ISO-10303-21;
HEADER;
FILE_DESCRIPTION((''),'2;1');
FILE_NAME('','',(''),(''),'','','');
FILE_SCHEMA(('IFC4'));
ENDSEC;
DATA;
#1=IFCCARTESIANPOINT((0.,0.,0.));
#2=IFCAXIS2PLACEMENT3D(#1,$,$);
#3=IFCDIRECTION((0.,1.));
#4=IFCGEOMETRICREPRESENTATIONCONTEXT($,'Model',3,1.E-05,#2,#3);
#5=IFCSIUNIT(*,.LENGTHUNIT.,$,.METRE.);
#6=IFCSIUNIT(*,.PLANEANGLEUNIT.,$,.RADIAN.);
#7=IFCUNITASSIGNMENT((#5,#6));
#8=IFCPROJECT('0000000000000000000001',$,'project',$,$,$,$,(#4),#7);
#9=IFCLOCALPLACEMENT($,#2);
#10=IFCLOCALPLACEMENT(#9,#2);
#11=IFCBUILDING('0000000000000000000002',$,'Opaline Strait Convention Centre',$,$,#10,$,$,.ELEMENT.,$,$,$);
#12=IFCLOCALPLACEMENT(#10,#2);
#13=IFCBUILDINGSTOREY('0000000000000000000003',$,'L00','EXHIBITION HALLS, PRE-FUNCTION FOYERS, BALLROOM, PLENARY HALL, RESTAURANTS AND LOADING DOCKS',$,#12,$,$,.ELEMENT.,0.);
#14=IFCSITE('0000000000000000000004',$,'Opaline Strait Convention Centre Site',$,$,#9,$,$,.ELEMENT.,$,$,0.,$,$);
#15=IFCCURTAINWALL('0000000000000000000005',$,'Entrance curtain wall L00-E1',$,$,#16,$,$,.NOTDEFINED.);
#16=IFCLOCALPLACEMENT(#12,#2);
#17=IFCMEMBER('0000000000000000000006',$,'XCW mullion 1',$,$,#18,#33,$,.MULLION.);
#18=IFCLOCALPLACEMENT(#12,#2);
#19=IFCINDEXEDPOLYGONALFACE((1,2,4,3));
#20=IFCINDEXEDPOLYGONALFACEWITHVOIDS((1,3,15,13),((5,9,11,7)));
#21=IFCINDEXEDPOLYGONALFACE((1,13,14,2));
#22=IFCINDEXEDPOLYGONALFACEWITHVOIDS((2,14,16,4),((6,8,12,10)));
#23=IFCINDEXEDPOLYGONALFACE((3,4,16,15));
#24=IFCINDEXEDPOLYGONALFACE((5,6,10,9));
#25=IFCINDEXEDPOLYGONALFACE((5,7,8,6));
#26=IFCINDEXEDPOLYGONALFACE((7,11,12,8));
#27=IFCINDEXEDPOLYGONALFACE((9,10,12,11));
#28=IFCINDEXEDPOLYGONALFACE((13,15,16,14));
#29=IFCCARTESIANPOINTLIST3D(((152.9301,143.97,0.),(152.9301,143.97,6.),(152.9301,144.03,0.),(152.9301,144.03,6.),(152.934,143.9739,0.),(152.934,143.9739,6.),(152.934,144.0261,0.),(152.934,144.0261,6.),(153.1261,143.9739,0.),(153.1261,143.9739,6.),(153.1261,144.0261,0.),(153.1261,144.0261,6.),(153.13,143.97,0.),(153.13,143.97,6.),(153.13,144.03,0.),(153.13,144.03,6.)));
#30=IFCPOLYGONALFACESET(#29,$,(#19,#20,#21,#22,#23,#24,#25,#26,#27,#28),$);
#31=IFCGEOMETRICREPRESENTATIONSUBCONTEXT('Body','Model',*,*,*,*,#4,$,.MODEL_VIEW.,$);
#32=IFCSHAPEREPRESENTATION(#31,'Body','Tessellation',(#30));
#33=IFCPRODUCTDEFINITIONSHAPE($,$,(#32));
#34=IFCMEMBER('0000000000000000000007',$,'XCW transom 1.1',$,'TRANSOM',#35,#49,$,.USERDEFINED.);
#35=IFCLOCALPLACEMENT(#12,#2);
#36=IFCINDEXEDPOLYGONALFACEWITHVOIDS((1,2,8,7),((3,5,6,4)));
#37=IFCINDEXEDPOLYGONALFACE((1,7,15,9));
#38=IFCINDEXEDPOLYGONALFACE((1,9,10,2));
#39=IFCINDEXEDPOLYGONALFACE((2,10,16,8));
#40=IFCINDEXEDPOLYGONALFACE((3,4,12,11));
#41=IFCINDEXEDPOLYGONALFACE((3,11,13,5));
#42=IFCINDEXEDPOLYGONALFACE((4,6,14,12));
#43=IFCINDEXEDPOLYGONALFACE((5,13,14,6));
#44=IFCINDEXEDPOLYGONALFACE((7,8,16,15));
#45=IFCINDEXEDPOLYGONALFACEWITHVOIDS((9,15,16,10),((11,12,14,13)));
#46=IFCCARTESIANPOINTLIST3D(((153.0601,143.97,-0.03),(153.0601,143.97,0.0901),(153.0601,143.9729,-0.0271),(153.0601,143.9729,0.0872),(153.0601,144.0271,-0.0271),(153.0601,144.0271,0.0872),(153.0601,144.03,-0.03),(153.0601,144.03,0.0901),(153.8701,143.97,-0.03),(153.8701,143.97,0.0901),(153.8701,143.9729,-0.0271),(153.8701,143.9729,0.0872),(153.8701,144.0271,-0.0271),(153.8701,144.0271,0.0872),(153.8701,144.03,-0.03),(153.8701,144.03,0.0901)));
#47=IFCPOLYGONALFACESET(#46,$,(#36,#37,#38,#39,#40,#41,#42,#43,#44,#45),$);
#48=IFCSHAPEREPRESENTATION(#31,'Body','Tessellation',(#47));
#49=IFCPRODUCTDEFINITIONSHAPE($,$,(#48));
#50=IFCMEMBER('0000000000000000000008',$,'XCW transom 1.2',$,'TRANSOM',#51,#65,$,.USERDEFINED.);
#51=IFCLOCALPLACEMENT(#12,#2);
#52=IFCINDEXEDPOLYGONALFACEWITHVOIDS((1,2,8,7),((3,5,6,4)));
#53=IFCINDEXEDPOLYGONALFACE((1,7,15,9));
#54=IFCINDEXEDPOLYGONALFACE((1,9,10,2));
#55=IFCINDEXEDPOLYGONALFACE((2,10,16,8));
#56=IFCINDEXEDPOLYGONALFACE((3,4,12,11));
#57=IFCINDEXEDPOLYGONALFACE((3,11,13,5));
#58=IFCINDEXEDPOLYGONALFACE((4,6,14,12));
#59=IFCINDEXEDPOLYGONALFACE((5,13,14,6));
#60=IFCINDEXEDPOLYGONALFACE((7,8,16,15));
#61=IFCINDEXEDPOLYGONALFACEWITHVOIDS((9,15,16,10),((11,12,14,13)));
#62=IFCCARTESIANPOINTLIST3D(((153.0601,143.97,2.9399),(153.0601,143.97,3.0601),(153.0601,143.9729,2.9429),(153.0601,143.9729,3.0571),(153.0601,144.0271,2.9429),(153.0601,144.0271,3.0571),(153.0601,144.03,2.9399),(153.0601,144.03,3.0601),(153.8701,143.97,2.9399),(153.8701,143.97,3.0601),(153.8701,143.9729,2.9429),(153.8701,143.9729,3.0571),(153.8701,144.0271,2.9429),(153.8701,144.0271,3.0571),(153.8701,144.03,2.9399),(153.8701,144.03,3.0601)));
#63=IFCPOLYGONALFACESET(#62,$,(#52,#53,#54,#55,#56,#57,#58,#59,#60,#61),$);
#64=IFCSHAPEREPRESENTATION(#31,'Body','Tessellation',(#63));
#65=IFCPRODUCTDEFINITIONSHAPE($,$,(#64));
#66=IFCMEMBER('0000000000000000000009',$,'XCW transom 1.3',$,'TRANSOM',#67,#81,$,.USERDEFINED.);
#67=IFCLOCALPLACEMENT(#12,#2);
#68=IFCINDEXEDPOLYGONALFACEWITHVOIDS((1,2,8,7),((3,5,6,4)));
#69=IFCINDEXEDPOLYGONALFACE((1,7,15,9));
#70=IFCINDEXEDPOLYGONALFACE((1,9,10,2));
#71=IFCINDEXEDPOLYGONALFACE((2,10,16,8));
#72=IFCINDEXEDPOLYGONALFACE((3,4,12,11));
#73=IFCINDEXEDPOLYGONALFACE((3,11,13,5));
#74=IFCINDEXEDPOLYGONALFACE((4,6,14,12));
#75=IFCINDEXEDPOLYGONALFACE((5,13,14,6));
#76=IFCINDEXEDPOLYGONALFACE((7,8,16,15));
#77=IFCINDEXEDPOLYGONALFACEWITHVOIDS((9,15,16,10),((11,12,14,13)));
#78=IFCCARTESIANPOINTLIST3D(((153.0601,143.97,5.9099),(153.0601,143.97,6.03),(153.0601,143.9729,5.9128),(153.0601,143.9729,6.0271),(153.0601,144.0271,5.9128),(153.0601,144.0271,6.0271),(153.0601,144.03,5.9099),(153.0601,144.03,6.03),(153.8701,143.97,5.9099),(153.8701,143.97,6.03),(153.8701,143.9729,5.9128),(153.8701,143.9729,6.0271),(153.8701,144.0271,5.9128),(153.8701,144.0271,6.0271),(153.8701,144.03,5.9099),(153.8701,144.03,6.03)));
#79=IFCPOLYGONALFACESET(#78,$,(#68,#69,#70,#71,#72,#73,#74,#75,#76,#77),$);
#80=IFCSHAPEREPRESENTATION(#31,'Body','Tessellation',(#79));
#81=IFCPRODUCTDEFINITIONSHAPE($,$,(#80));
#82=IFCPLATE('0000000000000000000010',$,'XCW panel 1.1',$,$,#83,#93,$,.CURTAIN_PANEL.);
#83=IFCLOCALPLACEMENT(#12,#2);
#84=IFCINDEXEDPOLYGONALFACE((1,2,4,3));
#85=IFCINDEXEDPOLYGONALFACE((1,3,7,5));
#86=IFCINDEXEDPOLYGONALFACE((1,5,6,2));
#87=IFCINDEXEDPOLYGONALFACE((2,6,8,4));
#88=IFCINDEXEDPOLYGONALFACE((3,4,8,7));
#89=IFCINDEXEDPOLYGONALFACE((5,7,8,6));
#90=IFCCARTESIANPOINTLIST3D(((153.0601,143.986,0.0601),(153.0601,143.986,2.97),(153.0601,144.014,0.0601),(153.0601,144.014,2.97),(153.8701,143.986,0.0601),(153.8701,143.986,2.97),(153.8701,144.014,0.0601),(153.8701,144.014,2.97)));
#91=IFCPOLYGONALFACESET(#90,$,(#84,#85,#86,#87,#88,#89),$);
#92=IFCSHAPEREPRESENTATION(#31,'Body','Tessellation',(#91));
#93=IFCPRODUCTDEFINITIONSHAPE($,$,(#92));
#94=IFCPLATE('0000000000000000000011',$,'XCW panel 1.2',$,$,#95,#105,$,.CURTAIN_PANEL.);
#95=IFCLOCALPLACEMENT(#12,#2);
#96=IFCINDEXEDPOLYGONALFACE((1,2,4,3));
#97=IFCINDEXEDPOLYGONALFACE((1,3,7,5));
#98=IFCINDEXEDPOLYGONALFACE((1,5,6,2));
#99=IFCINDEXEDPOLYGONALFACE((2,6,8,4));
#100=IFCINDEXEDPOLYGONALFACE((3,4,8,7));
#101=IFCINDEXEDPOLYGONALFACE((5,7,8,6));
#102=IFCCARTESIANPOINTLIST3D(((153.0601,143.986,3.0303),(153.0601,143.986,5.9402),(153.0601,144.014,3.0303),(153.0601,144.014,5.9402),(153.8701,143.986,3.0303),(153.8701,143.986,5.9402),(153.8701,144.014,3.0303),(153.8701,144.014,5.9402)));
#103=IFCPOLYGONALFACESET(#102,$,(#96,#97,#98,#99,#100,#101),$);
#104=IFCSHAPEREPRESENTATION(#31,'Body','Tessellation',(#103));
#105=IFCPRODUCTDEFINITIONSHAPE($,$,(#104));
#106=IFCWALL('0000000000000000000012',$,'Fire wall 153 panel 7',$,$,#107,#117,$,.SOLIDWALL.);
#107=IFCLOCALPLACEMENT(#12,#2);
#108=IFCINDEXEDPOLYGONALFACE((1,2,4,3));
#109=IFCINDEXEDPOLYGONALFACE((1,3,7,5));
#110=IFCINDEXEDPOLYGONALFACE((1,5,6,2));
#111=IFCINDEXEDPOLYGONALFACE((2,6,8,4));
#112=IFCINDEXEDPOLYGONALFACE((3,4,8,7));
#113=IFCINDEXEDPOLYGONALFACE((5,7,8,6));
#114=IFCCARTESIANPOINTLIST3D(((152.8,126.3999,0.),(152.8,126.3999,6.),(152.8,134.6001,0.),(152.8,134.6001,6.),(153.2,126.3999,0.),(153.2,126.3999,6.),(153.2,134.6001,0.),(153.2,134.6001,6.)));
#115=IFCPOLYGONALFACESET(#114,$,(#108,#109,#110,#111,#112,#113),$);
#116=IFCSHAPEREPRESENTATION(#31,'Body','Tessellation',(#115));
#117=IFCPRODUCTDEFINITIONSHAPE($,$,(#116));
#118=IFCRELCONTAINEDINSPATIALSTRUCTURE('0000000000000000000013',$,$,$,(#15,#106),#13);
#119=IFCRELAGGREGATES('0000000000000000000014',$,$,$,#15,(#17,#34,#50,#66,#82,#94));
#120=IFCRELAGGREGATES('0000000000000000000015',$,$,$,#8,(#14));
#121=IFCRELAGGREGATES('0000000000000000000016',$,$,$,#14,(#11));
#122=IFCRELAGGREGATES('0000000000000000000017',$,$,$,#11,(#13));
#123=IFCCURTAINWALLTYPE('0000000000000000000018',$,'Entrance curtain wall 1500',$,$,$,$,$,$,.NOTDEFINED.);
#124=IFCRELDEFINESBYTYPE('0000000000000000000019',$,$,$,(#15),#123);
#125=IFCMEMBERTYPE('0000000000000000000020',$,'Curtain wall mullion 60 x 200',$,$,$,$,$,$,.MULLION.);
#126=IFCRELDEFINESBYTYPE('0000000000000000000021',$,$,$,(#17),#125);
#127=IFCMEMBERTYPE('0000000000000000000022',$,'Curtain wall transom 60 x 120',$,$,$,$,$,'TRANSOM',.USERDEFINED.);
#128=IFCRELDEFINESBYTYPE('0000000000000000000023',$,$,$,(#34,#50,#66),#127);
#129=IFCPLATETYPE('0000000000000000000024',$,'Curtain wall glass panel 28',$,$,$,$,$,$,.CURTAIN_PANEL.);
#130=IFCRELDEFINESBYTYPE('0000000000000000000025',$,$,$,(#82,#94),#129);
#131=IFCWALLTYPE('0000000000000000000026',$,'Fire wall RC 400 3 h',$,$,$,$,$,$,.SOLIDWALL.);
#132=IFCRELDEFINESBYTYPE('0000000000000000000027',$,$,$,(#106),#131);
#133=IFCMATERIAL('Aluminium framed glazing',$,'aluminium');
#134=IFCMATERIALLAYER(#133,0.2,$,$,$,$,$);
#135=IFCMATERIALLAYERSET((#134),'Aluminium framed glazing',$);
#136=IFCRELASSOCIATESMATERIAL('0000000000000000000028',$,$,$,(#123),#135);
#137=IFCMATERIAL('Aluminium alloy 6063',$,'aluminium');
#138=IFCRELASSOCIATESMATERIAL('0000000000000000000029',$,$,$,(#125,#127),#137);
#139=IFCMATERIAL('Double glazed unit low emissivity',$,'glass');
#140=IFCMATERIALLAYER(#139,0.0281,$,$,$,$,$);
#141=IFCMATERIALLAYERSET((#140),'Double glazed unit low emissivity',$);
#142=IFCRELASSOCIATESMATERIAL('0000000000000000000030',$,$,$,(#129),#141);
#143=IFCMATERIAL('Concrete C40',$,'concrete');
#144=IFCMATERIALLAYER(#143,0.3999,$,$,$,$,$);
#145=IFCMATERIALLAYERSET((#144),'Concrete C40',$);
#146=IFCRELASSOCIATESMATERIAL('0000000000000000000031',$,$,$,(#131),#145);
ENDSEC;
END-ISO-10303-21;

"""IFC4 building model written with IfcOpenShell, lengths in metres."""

from ifc_helpers import new_model, si_unit, direction, frame, frame_2d, origin, origin_2d, place, context, subcontext, project, spatial, rectangle, hollow_rectangle, extrude, material, layer, layer_set, material_profile, profile_set, type_object, element, aggregate, save


model = new_model("IFC4")

# Units and contexts
model_context = context("Model", 3, precision=1e-05, world=origin(), true_north=direction((0.0, 1.0)))
body_context = subcontext(model_context, "Body", "Model", "MODEL_VIEW")
ifc_project = project(units=[si_unit("LENGTHUNIT", "METRE"), si_unit("PLANEANGLEUNIT", "RADIAN")], contexts=[model_context])

# Site, building, storey
site_placement = place(None, origin())
site = spatial("IfcSite", under=ifc_project, at=site_placement, Name="Opaline Strait Convention Centre Site", CompositionType="ELEMENT", RefElevation=0.0)
building_placement = place(site_placement, origin())
building = spatial("IfcBuilding", under=site, at=building_placement, Name="Opaline Strait Convention Centre", CompositionType="ELEMENT")
storey_placement = place(building_placement, origin())
storey = spatial("IfcBuildingStorey", under=building, at=storey_placement, Name="L00", Description="EXHIBITION HALLS, PRE-FUNCTION FOYERS, BALLROOM, PLENARY HALL, RESTAURANTS AND LOADING DOCKS", CompositionType="ELEMENT", Elevation=0.0)

# Shared definitions
ifc_material_1 = material(Name="Concrete C40", Category="concrete")

# Curtain wall, members, plates
ifc_material_2 = material(Name="Aluminium framed glazing", Category="aluminium")
ifc_layer_1 = layer(ifc_material_2, 0.2)
ifc_layer_set_1 = layer_set([ifc_layer_1], Name="Aluminium framed glazing")
curtain_wall_type = type_object("IfcCurtainWallType", Name="Entrance curtain wall 1500", PredefinedType="NOTDEFINED", material=ifc_layer_set_1)
curtain_wall_placement = place(storey_placement, origin())
curtain_wall = element("IfcCurtainWall", 1, at=curtain_wall_placement, inside=storey, type_object=curtain_wall_type, Name="Entrance curtain wall L00-E1", PredefinedType="NOTDEFINED")
ifc_material_3 = material(Name="Aluminium alloy 6063", Category="aluminium")
ifc_material_profile_1 = material_profile(ifc_material_3, hollow_rectangle(XDim=0.0601, YDim=0.2, WallThickness=0.0039, at=origin_2d()), Name="MULLION 60x200x4")
ifc_profile_set_1 = profile_set([ifc_material_profile_1], Name="Aluminium alloy 6063")
member_type_1 = type_object("IfcMemberType", Name="Curtain wall mullion 60 x 200", PredefinedType="MULLION", material=ifc_profile_set_1)
member_1_placement = place(storey_placement, frame((153.03, 144.0, 0.0), z_axis=(0.0, 0.0, 1.0), x_axis=(0.0, 1.0, 0.0)))
member_1 = element("IfcMember", 2, at=member_1_placement, type_object=member_type_1, Name="XCW mullion 1", PredefinedType="MULLION", context=body_context, shape_type="SweptSolid", body=[
    extrude(hollow_rectangle(XDim=0.0601, YDim=0.2, WallThickness=0.0039, at=origin_2d()), origin(), (0.0, 0.0, 1.0), 6.0),
])
ifc_material_profile_2 = material_profile(ifc_material_3, hollow_rectangle(XDim=0.0601, YDim=0.1201, WallThickness=0.0029, at=origin_2d()), Name="TRANSOM 60x120x3")
ifc_profile_set_2 = profile_set([ifc_material_profile_2], Name="Aluminium alloy 6063")
member_type_2 = type_object("IfcMemberType", Name="Curtain wall transom 60 x 120", ElementType="TRANSOM", PredefinedType="USERDEFINED", material=ifc_profile_set_2)
member_2_placement = place(storey_placement, frame((153.0601, 144.0, 0.03), z_axis=(1.0, 0.0, 0.0), x_axis=(0.0, 1.0, 0.0)))
member_2 = element("IfcMember", 3, at=member_2_placement, type_object=member_type_2, Name="XCW transom 1.1", ObjectType="TRANSOM", PredefinedType="USERDEFINED", context=body_context, shape_type="SweptSolid", body=[
    extrude(hollow_rectangle(XDim=0.0601, YDim=0.1201, WallThickness=0.0029, at=origin_2d()), origin(), (0.0, 0.0, 1.0), 0.8101),
])
member_3_placement = place(storey_placement, frame((153.0601, 144.0, 3.0), z_axis=(1.0, 0.0, 0.0), x_axis=(0.0, 1.0, 0.0)))
member_3 = element("IfcMember", 4, at=member_3_placement, type_object=member_type_2, Name="XCW transom 1.2", ObjectType="TRANSOM", PredefinedType="USERDEFINED", context=body_context, shape_type="SweptSolid", body=[
    extrude(hollow_rectangle(XDim=0.0601, YDim=0.1201, WallThickness=0.0029, at=origin_2d()), origin(), (0.0, 0.0, 1.0), 0.8101),
])
member_4_placement = place(storey_placement, frame((153.0601, 144.0, 5.97), z_axis=(1.0, 0.0, 0.0), x_axis=(0.0, 1.0, 0.0)))
member_4 = element("IfcMember", 5, at=member_4_placement, type_object=member_type_2, Name="XCW transom 1.3", ObjectType="TRANSOM", PredefinedType="USERDEFINED", context=body_context, shape_type="SweptSolid", body=[
    extrude(hollow_rectangle(XDim=0.0601, YDim=0.1201, WallThickness=0.0029, at=origin_2d()), origin(), (0.0, 0.0, 1.0), 0.8101),
])
ifc_material_4 = material(Name="Double glazed unit low emissivity", Category="glass")
ifc_layer_2 = layer(ifc_material_4, 0.0281)
ifc_layer_set_2 = layer_set([ifc_layer_2], Name="Double glazed unit low emissivity")
plate_type = type_object("IfcPlateType", Name="Curtain wall glass panel 28", PredefinedType="CURTAIN_PANEL", material=ifc_layer_set_2)
plate_1_placement = place(storey_placement, frame((153.4651, 144.0, 0.0601), z_axis=(0.0, 0.0, 1.0), x_axis=(1.0, 0.0, 0.0)))
plate_1 = element("IfcPlate", 6, at=plate_1_placement, type_object=plate_type, Name="XCW panel 1.1", PredefinedType="CURTAIN_PANEL", context=body_context, shape_type="SweptSolid", body=[
    extrude(rectangle(XDim=0.8101, YDim=0.0281, at=origin_2d()), origin(), (0.0, 0.0, 1.0), 2.9099),
])
plate_2_placement = place(storey_placement, frame((153.4651, 144.0, 3.0303), z_axis=(0.0, 0.0, 1.0), x_axis=(1.0, 0.0, 0.0)))
plate_2 = element("IfcPlate", 7, at=plate_2_placement, type_object=plate_type, Name="XCW panel 1.2", PredefinedType="CURTAIN_PANEL", context=body_context, shape_type="SweptSolid", body=[
    extrude(rectangle(XDim=0.8101, YDim=0.0281, at=origin_2d()), origin(), (0.0, 0.0, 1.0), 2.9099),
])
aggregate(curtain_wall, [member_1, member_2, member_3, member_4, plate_1, plate_2])

# Shared definitions
ifc_layer_3 = layer(ifc_material_1, 0.3999)
ifc_layer_set_3 = layer_set([ifc_layer_3], Name="Concrete C40")
wall_type = type_object("IfcWallType", Name="Fire wall RC 400 3 h", PredefinedType="SOLIDWALL", material=ifc_layer_set_3)

# Wall
wall_1_placement = place(storey_placement, frame((153.0, 126.3999, 0.0), z_axis=(0.0, 0.0, 1.0), x_axis=(0.0, 1.0, 0.0)))
element("IfcWall", 8, at=wall_1_placement, inside=storey, type_object=wall_type, Name="Fire wall 153 panel 7", PredefinedType="SOLIDWALL", context=body_context, shape_type="SweptSolid", body=[
    extrude(rectangle(XDim=8.2002, YDim=0.3999, at=frame_2d((4.1001, 0.0))), origin(), (0.0, 0.0, 1.0), 6.0),
])

save(model, "model.ifc")
